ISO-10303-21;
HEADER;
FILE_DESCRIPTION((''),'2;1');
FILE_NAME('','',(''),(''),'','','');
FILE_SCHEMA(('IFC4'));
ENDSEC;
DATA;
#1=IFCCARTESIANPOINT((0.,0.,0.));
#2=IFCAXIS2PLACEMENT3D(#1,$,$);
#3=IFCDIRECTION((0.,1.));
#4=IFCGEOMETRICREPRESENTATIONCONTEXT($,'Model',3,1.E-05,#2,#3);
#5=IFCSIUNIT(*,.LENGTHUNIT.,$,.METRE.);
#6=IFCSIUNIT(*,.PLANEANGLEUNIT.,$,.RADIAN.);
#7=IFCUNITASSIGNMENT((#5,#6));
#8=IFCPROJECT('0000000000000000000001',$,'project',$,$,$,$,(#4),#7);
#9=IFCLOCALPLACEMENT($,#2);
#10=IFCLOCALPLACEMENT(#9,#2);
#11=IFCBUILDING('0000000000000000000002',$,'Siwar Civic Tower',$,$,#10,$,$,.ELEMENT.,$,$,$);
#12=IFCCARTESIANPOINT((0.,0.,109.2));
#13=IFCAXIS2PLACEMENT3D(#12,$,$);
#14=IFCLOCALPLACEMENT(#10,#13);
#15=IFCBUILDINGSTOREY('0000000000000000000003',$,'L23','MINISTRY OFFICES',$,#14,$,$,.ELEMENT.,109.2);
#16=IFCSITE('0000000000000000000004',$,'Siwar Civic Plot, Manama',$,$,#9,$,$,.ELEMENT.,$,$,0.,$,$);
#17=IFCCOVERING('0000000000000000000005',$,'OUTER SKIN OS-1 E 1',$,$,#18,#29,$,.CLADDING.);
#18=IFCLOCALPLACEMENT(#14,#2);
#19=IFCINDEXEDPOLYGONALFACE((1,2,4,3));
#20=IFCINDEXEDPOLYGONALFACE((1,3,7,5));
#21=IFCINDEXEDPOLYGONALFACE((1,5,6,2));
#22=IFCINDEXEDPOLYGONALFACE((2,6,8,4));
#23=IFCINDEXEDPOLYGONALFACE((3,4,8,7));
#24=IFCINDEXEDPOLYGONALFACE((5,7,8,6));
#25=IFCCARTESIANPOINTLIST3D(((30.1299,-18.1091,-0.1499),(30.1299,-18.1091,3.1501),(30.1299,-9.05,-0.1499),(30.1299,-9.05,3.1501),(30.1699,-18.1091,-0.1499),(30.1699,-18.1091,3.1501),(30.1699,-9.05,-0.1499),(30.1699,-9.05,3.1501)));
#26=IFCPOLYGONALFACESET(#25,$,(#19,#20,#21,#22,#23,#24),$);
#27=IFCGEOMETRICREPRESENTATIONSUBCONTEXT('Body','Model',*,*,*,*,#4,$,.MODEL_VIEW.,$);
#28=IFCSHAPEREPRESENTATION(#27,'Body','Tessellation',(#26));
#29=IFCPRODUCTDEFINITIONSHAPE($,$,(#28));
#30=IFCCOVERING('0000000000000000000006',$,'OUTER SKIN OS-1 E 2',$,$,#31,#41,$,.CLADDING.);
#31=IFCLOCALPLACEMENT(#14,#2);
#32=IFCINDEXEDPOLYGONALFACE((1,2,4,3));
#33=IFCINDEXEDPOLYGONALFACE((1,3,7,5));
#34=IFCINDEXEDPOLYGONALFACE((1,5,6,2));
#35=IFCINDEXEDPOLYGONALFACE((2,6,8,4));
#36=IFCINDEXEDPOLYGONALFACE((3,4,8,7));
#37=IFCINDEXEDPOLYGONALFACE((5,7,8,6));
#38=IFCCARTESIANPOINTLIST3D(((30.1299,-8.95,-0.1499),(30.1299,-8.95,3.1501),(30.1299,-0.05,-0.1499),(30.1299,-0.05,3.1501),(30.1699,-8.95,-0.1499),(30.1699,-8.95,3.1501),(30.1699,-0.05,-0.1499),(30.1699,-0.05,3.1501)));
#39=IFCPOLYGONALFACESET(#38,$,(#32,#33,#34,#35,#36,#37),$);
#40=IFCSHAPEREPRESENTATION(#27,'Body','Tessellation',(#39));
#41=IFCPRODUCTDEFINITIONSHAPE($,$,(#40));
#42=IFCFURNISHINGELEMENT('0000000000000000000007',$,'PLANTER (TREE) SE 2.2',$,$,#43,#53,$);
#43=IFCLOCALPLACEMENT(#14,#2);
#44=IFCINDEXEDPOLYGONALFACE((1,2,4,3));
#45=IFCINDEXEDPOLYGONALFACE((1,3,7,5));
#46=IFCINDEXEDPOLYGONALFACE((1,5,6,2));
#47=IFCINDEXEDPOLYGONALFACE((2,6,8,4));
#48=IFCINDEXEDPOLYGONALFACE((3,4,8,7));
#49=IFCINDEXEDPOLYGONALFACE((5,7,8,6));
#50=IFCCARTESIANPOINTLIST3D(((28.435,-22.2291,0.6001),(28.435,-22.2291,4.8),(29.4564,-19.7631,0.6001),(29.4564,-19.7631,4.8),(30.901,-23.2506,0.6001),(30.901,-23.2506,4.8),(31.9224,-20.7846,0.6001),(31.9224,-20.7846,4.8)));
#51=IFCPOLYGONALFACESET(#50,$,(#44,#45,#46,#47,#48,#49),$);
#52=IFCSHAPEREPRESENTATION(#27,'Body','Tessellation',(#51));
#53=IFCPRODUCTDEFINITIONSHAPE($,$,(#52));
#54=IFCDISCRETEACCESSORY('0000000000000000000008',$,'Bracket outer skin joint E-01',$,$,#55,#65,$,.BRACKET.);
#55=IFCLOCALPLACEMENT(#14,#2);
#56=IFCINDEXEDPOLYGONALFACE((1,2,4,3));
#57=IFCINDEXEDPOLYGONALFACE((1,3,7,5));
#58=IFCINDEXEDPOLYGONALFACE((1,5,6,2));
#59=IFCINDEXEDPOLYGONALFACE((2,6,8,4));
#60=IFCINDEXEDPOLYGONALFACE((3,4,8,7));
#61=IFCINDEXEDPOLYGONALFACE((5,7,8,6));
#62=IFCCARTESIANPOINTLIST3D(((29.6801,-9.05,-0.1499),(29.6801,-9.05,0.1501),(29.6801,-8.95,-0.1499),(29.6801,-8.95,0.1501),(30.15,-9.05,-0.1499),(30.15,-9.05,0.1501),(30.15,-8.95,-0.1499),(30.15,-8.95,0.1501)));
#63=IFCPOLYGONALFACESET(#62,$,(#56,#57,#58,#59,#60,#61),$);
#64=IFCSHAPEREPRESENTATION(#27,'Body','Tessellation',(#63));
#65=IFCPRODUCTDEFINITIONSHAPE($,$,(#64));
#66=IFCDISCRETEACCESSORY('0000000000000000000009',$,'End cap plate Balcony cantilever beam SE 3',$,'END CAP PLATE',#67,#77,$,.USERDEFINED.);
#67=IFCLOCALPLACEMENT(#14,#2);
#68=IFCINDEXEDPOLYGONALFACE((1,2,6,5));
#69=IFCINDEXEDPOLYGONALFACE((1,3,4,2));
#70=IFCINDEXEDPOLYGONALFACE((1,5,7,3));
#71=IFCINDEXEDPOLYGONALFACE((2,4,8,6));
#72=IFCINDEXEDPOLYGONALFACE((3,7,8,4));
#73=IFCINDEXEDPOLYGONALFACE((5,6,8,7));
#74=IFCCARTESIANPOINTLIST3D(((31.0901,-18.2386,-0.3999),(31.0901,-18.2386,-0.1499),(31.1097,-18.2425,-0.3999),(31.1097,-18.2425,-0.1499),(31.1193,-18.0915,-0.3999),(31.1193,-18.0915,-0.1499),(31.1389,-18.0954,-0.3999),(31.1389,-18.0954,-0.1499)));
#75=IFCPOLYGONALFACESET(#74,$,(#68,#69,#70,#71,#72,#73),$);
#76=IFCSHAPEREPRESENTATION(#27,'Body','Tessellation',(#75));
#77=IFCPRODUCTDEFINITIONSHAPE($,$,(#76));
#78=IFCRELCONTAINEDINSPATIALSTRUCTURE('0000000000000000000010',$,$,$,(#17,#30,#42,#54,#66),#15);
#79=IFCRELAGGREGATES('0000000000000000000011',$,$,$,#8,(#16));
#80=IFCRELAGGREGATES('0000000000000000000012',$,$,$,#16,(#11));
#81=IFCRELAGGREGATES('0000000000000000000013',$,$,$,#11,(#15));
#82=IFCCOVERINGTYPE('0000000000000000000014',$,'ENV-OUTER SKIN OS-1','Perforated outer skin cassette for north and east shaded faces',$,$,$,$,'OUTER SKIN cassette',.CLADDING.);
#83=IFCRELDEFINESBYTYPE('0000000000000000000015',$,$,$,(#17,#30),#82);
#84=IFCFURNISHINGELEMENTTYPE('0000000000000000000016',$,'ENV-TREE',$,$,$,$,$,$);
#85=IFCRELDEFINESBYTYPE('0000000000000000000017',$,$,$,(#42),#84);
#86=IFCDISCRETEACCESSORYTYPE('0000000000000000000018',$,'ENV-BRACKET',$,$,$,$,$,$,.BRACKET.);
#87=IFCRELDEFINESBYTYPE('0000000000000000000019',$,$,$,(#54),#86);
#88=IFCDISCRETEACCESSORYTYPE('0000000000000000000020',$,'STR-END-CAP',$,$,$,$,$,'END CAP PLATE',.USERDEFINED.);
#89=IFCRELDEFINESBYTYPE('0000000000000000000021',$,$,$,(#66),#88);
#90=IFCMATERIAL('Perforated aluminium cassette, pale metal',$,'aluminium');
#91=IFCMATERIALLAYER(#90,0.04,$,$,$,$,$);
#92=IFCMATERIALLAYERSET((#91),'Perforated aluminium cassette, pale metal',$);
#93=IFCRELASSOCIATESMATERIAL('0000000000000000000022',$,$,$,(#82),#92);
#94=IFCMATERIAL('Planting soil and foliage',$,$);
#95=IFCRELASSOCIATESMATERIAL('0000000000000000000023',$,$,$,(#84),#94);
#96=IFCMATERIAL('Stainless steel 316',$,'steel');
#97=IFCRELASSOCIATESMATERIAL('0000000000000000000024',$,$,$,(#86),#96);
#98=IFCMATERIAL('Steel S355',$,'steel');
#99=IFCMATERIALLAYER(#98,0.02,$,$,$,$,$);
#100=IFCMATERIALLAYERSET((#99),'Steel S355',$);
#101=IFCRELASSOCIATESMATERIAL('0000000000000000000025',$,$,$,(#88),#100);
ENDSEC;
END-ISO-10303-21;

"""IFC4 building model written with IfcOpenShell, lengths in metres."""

from ifc_helpers import new_model, si_unit, direction, frame, origin, origin_2d, place, context, subcontext, project, spatial, rectangle, extrude, material, layer, layer_set, type_object, element, save


model = new_model("IFC4")

# Units and contexts
model_context = context("Model", 3, precision=1e-05, world=origin(), true_north=direction((0.0, 1.0)))
body_context = subcontext(model_context, "Body", "Model", "MODEL_VIEW")
ifc_project = project(units=[si_unit("LENGTHUNIT", "METRE"), si_unit("PLANEANGLEUNIT", "RADIAN")], contexts=[model_context])

# Site, building, storey
site_placement = place(None, origin())
site = spatial("IfcSite", under=ifc_project, at=site_placement, Name="Siwar Civic Plot, Manama", CompositionType="ELEMENT", RefElevation=0.0)
building_placement = place(site_placement, origin())
building = spatial("IfcBuilding", under=site, at=building_placement, Name="Siwar Civic Tower", CompositionType="ELEMENT")
storey_placement = place(building_placement, frame((0.0, 0.0, 109.2)))
storey = spatial("IfcBuildingStorey", under=building, at=storey_placement, Name="L23", Description="MINISTRY OFFICES", CompositionType="ELEMENT", Elevation=109.2)

# Coverings
ifc_material_1 = material(Name="Perforated aluminium cassette, pale metal", Category="aluminium")
ifc_layer_1 = layer(ifc_material_1, 0.04)
ifc_layer_set_1 = layer_set([ifc_layer_1], Name="Perforated aluminium cassette, pale metal")
covering_type = type_object("IfcCoveringType", Name="ENV-OUTER SKIN OS-1", Description="Perforated outer skin cassette for north and east shaded faces", ElementType="OUTER SKIN cassette", PredefinedType="CLADDING", material=ifc_layer_set_1)
covering_1_placement = place(storey_placement, frame((30.1499, -13.5796, -0.1499), z_axis=(0.0, 0.0, 1.0), x_axis=(0.0, 1.0, 0.0)))
element("IfcCovering", 1, at=covering_1_placement, inside=storey, type_object=covering_type, Name="OUTER SKIN OS-1 E 1", PredefinedType="CLADDING", context=body_context, shape_type="SweptSolid", body=[
    extrude(rectangle(XDim=9.0591, YDim=0.04, at=origin_2d()), origin(), (0.0, 0.0, 1.0), 3.3),
])
covering_2_placement = place(storey_placement, frame((30.1499, -4.5, -0.1499), z_axis=(0.0, 0.0, 1.0), x_axis=(0.0, 1.0, 0.0)))
element("IfcCovering", 2, at=covering_2_placement, inside=storey, type_object=covering_type, Name="OUTER SKIN OS-1 E 2", PredefinedType="CLADDING", context=body_context, shape_type="SweptSolid", body=[
    extrude(rectangle(XDim=8.8999, YDim=0.04, at=origin_2d()), origin(), (0.0, 0.0, 1.0), 3.3),
])

# Furnishing element
ifc_material_2 = material(Name="Planting soil and foliage")
furnishing_element_type = type_object("IfcFurnishingElementType", Name="ENV-TREE", material=ifc_material_2)
furnishing_placement = place(storey_placement, frame((30.1787, -21.5068, 0.6001), z_axis=(0.0, 0.0, 1.0), x_axis=(0.382683, 0.92388, 0.0)))
element("IfcFurnishingElement", 3, at=furnishing_placement, inside=storey, type_object=furnishing_element_type, Name="PLANTER (TREE) SE 2.2", context=body_context, shape_type="SweptSolid", body=[
    extrude(rectangle(XDim=2.6692, YDim=2.6692, at=origin_2d()), origin(), (0.0, 0.0, 1.0), 4.2),
])

# Discrete accessories
ifc_material_3 = material(Name="Stainless steel 316", Category="steel")
discrete_accessory_type_1 = type_object("IfcDiscreteAccessoryType", Name="ENV-BRACKET", PredefinedType="BRACKET", material=ifc_material_3)
discrete_accessory_1_placement = place(storey_placement, frame((29.915, -9.0, -0.1499), z_axis=(0.0, 0.0, 1.0), x_axis=(1.0, 0.0, 0.0)))
element("IfcDiscreteAccessory", 4, at=discrete_accessory_1_placement, inside=storey, type_object=discrete_accessory_type_1, Name="Bracket outer skin joint E-01", PredefinedType="BRACKET", context=body_context, shape_type="SweptSolid", body=[
    extrude(rectangle(XDim=0.47, YDim=0.1001, at=origin_2d()), origin(), (0.0, 0.0, 1.0), 0.3),
])
ifc_material_4 = material(Name="Steel S355", Category="steel")
ifc_layer_2 = layer(ifc_material_4, 0.02)
ifc_layer_set_2 = layer_set([ifc_layer_2], Name="Steel S355")
discrete_accessory_type_2 = type_object("IfcDiscreteAccessoryType", Name="STR-END-CAP", ElementType="END CAP PLATE", PredefinedType="USERDEFINED", material=ifc_layer_set_2)
discrete_accessory_2_placement = place(storey_placement, frame((31.1145, -18.167, -0.3999), z_axis=(0.0, 0.0, 1.0), x_axis=(0.980785, -0.19509, 0.0)))
element("IfcDiscreteAccessory", 5, at=discrete_accessory_2_placement, inside=storey, type_object=discrete_accessory_type_2, Name="End cap plate Balcony cantilever beam SE 3", ObjectType="END CAP PLATE", PredefinedType="USERDEFINED", context=body_context, shape_type="SweptSolid", body=[
    extrude(rectangle(XDim=0.02, YDim=0.1499, at=origin_2d()), origin(), (0.0, 0.0, 1.0), 0.25),
])

save(model, "model.ifc")
